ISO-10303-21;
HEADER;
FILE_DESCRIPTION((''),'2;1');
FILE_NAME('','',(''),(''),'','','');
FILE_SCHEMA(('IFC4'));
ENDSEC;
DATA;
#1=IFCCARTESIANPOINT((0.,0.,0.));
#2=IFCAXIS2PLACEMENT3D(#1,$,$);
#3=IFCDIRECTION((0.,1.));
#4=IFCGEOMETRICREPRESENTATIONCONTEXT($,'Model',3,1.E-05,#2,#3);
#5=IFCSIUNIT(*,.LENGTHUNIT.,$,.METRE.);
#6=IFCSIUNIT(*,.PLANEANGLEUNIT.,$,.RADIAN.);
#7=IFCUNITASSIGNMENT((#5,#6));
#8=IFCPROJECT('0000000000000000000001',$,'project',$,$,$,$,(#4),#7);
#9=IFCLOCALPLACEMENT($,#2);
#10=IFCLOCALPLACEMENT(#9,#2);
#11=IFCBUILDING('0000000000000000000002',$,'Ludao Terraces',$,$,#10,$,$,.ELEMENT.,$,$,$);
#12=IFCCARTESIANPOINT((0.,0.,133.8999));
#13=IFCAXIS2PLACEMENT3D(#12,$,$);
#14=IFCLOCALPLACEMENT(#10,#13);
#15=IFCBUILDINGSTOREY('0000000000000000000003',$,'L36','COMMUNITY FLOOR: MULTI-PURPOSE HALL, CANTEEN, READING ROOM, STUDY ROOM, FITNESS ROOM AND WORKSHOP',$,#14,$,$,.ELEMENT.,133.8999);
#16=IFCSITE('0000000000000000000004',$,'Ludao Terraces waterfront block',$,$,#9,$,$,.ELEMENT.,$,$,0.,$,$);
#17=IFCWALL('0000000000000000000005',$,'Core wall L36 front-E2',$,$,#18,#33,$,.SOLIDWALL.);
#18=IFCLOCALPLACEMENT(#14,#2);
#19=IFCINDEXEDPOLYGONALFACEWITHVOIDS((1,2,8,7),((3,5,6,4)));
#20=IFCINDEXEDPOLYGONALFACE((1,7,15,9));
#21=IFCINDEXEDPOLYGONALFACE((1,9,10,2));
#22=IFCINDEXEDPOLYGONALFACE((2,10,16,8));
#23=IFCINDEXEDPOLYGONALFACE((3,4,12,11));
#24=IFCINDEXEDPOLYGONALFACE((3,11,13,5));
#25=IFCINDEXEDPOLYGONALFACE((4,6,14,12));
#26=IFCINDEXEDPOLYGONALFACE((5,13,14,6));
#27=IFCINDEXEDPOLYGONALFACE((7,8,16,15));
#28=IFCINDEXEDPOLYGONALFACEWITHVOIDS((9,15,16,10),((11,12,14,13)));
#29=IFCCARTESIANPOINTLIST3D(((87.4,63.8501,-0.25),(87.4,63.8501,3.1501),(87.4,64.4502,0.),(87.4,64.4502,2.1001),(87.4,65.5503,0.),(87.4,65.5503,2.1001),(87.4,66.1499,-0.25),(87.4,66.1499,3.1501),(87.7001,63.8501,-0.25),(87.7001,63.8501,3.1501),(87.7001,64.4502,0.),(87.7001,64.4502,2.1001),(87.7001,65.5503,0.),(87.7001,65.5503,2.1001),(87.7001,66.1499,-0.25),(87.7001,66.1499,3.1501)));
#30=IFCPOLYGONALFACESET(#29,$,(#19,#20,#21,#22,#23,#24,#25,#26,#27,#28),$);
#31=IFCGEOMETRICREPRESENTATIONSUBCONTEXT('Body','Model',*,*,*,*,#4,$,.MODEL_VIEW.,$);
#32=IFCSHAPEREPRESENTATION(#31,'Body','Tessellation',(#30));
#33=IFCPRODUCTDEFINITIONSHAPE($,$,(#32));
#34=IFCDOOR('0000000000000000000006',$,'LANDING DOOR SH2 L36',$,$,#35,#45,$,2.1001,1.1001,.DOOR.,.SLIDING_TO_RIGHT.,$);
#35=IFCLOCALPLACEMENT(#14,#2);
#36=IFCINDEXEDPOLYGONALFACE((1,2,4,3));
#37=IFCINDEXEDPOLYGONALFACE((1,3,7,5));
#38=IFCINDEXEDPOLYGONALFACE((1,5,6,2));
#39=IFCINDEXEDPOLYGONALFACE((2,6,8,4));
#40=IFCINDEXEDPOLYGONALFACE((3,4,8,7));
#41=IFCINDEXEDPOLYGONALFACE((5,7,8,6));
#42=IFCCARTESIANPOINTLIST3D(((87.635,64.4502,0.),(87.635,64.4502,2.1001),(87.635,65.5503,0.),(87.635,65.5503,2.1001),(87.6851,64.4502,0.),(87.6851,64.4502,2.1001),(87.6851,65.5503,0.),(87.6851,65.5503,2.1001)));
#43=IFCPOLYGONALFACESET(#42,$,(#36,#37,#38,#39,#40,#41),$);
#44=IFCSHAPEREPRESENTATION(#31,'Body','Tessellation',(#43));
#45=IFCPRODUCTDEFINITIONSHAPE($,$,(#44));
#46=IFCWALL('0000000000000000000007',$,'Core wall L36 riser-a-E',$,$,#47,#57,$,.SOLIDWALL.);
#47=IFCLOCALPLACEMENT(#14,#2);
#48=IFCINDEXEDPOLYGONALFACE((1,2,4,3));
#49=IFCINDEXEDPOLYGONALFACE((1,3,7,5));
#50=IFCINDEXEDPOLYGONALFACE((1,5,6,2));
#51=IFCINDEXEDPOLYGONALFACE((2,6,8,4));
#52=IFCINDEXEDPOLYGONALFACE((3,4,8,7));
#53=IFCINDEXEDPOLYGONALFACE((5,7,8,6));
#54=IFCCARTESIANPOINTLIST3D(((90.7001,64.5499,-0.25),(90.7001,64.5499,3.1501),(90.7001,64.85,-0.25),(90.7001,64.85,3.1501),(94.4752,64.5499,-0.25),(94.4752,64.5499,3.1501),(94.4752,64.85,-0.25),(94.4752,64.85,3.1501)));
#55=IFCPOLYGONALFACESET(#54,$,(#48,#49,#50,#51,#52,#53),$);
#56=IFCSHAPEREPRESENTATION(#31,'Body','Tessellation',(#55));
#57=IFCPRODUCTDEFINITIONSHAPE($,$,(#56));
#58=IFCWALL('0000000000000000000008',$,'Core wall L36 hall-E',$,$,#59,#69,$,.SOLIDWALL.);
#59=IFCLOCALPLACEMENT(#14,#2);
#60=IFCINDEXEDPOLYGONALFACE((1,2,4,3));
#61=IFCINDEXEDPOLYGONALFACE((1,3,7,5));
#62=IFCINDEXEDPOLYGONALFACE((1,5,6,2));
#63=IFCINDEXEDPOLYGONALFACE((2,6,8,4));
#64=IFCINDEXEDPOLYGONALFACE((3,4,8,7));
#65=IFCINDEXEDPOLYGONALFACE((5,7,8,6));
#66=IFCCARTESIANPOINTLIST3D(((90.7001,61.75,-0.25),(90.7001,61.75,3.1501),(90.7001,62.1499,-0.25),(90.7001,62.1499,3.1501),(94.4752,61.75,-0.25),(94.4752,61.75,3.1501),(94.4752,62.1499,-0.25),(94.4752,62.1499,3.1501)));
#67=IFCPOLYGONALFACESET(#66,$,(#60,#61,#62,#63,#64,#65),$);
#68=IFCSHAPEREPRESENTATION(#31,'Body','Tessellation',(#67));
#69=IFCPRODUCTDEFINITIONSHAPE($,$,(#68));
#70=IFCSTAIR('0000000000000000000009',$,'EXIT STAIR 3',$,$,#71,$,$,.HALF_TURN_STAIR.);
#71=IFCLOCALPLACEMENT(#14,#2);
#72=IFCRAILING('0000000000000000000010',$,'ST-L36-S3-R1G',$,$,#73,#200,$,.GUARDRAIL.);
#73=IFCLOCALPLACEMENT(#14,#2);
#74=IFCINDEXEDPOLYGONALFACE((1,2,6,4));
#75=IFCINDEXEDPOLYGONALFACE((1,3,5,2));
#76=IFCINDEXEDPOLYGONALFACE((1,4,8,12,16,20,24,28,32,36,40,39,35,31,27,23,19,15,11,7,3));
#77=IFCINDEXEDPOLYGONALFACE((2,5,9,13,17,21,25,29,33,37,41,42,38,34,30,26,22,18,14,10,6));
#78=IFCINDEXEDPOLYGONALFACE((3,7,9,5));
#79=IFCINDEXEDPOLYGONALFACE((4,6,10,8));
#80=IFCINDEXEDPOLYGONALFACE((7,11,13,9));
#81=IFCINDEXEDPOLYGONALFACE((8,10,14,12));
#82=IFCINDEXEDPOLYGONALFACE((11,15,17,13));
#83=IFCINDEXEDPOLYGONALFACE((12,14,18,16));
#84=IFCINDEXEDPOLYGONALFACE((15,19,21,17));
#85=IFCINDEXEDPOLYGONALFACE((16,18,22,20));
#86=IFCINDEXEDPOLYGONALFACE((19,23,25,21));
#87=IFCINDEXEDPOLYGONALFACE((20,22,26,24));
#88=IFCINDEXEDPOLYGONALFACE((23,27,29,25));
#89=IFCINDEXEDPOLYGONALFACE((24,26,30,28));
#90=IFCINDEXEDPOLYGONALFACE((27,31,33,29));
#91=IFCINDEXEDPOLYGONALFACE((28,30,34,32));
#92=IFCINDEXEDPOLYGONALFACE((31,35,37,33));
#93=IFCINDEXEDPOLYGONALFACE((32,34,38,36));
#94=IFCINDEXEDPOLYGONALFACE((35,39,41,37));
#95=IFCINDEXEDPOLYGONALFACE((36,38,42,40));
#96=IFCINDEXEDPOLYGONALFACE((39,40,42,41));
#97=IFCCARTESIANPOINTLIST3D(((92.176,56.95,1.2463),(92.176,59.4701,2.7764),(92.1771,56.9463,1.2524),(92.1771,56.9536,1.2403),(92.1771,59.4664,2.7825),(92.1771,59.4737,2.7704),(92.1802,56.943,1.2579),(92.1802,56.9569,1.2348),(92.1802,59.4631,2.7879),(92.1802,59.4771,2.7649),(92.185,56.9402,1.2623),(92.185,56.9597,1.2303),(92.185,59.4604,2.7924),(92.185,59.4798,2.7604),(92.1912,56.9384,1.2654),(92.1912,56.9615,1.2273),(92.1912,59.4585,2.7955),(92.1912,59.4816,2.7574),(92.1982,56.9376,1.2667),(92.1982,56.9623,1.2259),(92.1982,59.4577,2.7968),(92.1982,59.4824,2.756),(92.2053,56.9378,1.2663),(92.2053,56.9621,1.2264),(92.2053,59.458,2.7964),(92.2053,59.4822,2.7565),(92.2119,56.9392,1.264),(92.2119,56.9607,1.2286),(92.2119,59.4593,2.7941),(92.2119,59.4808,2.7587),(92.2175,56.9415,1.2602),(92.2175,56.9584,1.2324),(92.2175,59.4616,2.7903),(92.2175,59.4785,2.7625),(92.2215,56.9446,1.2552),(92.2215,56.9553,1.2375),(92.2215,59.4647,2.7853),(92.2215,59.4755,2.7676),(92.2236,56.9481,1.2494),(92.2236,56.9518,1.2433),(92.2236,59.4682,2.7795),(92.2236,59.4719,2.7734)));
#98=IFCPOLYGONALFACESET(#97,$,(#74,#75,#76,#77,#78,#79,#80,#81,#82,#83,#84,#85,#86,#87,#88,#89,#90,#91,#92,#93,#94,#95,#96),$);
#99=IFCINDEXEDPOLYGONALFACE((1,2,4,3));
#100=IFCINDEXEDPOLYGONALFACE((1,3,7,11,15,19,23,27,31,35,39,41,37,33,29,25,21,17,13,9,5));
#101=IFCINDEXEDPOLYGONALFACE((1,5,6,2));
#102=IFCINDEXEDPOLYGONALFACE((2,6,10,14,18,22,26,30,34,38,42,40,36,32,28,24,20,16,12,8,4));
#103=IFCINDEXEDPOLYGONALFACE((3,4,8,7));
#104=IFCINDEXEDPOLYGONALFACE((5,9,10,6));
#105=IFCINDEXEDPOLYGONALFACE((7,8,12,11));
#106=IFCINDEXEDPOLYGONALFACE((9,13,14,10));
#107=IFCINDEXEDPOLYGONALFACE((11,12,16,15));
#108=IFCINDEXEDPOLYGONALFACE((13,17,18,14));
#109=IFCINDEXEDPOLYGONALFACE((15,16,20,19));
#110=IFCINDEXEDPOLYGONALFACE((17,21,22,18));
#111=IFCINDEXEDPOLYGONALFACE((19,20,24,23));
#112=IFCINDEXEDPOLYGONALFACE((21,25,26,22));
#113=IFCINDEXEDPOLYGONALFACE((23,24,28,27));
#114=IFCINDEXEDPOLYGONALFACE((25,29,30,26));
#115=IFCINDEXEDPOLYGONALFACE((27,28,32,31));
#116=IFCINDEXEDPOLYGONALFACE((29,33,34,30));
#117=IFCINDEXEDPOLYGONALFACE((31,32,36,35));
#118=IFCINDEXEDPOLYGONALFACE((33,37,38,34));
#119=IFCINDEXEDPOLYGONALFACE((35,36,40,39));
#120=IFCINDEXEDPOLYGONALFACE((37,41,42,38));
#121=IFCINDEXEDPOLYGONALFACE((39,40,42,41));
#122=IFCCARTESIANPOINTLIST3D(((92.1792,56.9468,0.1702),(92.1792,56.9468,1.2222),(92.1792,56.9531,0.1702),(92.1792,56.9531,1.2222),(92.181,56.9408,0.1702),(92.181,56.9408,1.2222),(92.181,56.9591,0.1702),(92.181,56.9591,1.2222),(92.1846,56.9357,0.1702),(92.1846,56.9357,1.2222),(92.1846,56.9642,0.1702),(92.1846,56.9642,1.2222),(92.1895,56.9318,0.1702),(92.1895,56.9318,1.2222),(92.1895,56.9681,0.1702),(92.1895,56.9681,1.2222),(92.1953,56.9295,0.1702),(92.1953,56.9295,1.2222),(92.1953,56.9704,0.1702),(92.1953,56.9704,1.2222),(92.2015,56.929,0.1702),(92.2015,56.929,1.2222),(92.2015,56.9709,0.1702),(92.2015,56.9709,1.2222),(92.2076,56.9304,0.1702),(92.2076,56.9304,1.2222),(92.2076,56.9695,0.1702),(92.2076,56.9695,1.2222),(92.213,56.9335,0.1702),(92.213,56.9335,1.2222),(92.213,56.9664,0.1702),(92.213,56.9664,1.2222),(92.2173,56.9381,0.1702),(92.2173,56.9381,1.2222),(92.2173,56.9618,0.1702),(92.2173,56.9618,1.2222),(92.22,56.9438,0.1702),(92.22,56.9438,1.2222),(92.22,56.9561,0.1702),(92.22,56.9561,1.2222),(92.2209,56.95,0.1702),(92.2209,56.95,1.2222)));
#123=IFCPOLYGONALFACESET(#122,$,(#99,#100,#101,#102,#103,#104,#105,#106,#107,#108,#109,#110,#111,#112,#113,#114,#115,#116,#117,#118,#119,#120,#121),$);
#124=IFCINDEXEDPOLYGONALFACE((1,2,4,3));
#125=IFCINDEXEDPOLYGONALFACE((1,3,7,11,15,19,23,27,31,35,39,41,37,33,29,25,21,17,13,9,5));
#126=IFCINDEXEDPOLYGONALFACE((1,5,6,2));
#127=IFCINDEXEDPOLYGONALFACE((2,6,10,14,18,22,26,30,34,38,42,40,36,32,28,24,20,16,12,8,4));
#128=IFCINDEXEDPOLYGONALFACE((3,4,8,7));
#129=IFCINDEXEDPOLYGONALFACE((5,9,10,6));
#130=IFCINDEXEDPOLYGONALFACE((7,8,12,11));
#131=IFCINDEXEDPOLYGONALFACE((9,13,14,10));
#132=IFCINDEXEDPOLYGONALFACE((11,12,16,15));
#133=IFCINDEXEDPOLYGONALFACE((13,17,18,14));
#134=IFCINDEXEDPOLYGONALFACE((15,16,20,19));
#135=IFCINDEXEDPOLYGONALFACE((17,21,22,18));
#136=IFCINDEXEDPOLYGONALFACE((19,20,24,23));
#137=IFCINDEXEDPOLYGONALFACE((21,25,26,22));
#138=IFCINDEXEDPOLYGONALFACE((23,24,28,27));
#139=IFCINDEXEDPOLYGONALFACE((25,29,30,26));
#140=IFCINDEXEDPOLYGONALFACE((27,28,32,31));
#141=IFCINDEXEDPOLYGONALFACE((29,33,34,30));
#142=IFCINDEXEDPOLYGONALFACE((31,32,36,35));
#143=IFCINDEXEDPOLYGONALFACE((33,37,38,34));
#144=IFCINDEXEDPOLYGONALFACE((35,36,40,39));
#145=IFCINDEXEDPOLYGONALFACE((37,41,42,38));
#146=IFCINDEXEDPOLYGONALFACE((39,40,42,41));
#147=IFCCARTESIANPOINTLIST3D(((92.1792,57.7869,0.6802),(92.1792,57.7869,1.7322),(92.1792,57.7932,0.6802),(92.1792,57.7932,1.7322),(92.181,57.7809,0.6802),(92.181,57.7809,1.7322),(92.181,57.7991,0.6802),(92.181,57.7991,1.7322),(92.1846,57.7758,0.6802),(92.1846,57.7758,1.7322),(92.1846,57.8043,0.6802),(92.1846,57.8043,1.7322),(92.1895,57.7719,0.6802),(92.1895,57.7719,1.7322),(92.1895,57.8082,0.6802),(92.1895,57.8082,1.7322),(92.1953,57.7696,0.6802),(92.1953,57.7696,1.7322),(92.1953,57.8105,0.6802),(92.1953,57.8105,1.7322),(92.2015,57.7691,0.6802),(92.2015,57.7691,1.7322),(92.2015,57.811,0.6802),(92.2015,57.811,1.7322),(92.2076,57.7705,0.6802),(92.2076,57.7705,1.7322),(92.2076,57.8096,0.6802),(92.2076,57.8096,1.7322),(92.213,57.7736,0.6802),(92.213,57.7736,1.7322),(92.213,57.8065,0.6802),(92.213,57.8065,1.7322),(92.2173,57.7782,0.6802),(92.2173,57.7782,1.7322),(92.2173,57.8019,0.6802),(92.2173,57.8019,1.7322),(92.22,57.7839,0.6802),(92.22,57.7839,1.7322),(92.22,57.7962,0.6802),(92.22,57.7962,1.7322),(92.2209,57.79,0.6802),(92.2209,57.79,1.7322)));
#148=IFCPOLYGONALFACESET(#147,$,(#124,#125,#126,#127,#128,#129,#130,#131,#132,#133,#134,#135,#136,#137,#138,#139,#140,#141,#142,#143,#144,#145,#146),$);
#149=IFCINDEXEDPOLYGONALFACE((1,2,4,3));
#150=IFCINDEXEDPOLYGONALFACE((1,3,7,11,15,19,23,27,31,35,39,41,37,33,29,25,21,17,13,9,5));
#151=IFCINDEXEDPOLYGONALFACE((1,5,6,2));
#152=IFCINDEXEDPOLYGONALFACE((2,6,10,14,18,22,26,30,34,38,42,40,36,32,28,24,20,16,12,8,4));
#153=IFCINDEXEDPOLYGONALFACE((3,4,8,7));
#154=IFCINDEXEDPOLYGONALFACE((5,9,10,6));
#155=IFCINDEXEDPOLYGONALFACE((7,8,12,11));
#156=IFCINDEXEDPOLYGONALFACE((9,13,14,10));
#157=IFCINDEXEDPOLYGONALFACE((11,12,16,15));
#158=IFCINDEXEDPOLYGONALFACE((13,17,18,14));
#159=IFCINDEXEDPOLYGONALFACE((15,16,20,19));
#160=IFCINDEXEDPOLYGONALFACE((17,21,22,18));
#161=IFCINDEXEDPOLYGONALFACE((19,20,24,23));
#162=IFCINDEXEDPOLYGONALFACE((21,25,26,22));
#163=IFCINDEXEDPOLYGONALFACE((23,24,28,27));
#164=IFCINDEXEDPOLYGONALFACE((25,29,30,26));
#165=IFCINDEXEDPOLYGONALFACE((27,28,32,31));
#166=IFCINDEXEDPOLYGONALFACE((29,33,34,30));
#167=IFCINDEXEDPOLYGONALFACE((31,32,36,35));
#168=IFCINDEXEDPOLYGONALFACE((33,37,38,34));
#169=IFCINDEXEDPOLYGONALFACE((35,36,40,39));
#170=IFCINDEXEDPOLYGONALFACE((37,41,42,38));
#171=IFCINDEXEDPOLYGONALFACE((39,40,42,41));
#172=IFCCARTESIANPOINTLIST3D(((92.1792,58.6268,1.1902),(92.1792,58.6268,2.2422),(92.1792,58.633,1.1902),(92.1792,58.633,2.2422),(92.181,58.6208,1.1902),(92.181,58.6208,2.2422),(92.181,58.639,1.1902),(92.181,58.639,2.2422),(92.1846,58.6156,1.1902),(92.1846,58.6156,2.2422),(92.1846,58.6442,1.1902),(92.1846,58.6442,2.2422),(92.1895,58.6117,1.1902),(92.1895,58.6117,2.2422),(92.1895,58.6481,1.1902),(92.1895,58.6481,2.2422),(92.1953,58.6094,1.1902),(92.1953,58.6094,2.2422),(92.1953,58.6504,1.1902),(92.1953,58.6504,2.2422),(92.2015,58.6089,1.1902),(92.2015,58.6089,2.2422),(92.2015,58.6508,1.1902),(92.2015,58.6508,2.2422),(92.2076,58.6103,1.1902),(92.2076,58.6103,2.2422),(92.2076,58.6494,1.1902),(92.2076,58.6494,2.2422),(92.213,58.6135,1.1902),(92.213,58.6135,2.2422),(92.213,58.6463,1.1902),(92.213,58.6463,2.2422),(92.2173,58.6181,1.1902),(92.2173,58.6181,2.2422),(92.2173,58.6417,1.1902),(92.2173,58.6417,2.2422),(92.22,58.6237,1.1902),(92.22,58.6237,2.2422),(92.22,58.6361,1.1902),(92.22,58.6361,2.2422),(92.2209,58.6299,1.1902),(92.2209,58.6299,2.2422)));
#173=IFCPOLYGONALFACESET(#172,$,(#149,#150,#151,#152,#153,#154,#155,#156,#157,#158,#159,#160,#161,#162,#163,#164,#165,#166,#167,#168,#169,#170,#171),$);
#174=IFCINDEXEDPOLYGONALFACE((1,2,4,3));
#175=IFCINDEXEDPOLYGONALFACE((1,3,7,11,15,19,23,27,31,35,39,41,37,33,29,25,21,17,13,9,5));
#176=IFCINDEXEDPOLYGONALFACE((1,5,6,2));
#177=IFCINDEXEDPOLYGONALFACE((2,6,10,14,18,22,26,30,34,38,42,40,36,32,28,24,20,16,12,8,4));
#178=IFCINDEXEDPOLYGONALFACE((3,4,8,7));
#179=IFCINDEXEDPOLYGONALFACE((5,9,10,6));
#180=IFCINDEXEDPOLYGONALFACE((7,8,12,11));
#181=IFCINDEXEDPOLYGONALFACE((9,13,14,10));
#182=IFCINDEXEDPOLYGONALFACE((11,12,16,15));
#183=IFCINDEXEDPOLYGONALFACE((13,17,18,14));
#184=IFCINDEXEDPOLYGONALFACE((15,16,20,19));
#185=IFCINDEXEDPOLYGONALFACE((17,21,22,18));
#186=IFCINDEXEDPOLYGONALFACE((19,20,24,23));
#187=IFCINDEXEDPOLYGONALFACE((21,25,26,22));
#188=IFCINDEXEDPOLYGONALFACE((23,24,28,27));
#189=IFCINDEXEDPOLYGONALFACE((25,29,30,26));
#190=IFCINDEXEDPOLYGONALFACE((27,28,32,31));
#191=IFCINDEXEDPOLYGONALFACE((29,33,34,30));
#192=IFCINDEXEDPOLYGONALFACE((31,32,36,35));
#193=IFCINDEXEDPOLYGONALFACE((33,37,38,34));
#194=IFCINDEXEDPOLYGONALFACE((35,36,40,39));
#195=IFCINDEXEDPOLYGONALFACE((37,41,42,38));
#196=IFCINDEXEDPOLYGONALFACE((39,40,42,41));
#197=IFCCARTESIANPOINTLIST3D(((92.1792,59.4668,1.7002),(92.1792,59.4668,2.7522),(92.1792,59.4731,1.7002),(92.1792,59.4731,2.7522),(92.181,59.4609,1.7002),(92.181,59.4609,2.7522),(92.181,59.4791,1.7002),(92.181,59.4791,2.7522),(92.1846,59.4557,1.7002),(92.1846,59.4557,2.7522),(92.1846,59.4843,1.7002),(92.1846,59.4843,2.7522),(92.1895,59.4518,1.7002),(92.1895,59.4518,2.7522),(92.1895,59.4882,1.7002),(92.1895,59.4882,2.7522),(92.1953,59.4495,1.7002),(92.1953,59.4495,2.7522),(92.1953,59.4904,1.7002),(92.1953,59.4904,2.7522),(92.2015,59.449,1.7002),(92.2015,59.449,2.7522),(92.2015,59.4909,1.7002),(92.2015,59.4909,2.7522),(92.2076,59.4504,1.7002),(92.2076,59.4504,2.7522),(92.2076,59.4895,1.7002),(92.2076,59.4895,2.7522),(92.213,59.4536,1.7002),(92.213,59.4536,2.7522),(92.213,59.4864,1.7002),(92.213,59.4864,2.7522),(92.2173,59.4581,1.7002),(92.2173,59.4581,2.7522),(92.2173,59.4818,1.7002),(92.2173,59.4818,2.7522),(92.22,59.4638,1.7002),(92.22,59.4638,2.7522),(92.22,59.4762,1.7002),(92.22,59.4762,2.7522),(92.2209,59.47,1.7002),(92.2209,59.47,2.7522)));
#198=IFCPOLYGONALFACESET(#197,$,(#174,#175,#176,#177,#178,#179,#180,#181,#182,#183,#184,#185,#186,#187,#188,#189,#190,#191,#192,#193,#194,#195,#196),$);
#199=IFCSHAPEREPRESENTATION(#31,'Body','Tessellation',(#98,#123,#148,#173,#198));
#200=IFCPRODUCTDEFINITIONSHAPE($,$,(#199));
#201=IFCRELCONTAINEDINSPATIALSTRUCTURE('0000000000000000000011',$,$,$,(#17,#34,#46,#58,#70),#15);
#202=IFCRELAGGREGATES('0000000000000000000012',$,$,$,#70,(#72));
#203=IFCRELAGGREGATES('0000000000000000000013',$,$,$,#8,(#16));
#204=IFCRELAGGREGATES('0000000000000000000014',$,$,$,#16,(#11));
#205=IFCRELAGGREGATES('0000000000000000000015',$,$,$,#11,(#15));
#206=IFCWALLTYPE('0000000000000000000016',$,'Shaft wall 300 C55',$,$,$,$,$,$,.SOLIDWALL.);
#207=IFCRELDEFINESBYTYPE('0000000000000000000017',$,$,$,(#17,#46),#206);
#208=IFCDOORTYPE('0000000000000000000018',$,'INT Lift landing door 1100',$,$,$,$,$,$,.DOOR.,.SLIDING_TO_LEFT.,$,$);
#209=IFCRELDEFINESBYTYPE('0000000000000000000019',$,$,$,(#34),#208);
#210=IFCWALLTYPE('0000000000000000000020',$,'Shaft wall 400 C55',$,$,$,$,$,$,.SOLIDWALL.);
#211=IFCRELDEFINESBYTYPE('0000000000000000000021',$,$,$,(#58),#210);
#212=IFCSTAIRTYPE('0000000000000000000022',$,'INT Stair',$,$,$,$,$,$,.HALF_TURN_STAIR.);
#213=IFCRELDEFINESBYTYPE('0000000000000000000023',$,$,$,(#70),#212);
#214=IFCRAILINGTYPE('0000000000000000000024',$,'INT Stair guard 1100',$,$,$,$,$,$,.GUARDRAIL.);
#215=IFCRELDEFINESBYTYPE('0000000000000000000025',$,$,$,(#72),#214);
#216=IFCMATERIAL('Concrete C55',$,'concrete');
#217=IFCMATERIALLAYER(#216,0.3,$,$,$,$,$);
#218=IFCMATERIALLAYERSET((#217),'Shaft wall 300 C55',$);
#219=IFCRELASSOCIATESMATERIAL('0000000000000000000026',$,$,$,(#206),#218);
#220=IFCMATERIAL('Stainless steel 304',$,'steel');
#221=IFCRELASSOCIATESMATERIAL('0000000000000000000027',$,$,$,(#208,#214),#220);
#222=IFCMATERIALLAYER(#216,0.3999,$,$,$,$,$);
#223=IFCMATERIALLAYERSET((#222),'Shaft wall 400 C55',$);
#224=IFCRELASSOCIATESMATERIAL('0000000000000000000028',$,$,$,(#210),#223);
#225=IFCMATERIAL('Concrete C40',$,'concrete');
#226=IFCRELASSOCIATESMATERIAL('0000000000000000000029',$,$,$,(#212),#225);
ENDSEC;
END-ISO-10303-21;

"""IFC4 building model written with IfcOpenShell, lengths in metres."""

from ifc_helpers import new_model, si_unit, direction, frame, frame_2d, origin, origin_2d, place, context, subcontext, project, spatial, rectangle, circle, extrude, material, layer, layer_set, type_object, element, fill, aggregate, save


model = new_model("IFC4")

# Units and contexts
model_context = context("Model", 3, precision=1e-05, world=origin(), true_north=direction((0.0, 1.0)))
body_context = subcontext(model_context, "Body", "Model", "MODEL_VIEW")
ifc_project = project(units=[si_unit("LENGTHUNIT", "METRE"), si_unit("PLANEANGLEUNIT", "RADIAN")], contexts=[model_context])

# Site, building, storey
site_placement = place(None, origin())
site = spatial("IfcSite", under=ifc_project, at=site_placement, Name="Ludao Terraces waterfront block", CompositionType="ELEMENT", RefElevation=0.0)
building_placement = place(site_placement, origin())
building = spatial("IfcBuilding", under=site, at=building_placement, Name="Ludao Terraces", CompositionType="ELEMENT")
storey_placement = place(building_placement, frame((0.0, 0.0, 133.8999)))
storey = spatial("IfcBuildingStorey", under=building, at=storey_placement, Name="L36", Description="COMMUNITY FLOOR: MULTI-PURPOSE HALL, CANTEEN, READING ROOM, STUDY ROOM, FITNESS ROOM AND WORKSHOP", CompositionType="ELEMENT", Elevation=133.8999)

# Shared definitions
ifc_material_1 = material(Name="Concrete C40", Category="concrete")

# Shared definitions
ifc_material_2 = material(Name="Concrete C55", Category="concrete")
ifc_layer_1 = layer(ifc_material_2, 0.3)
ifc_layer_set_1 = layer_set([ifc_layer_1], Name="Shaft wall 300 C55")
wall_type_1 = type_object("IfcWallType", Name="Shaft wall 300 C55", PredefinedType="SOLIDWALL", material=ifc_layer_set_1)

# Shared definitions
ifc_material_3 = material(Name="Stainless steel 304", Category="steel")
door_type_1 = type_object("IfcDoorType", Name="INT Lift landing door 1100", OperationType="SLIDING_TO_LEFT", PredefinedType="DOOR", material=ifc_material_3)

# Wall, opening, door
wall_1_placement = place(storey_placement, frame((87.55, 63.8501, -0.25), z_axis=(0.0, 0.0, 1.0), x_axis=(0.0, 1.0, 0.0)))
wall_1 = element("IfcWall", 1, at=wall_1_placement, inside=storey, type_object=wall_type_1, Name="Core wall L36 front-E2", PredefinedType="SOLIDWALL", context=body_context, shape_type="SweptSolid", body=[
    extrude(rectangle(XDim=2.2998, YDim=0.3, at=frame_2d((1.1499, 0.0))), origin(), (0.0, 0.0, 1.0), 3.4001),
])
opening_1_placement = place(wall_1_placement, frame((0.6001, 0.0, 0.25)))
opening_1 = element("IfcOpeningElement", 2, at=opening_1_placement, cuts=wall_1, PredefinedType="OPENING", context=body_context, shape_type="SweptSolid", body=[
    extrude(rectangle(XDim=1.1001, YDim=2.1001, at=frame_2d((0.55, 1.05))), frame((0.0, 0.1602, 0.0), z_axis=(0.0, -1.0, 0.0), x_axis=(1.0, 0.0, 0.0)), (0.0, 0.0, 1.0), 0.3201),
])
door_1_placement = place(opening_1_placement, origin())
door_1 = element("IfcDoor", 3, at=door_1_placement, inside=storey, type_object=door_type_1, Name="LANDING DOOR SH2 L36", OperationType="SLIDING_TO_RIGHT", OverallHeight=2.1001, OverallWidth=1.1001, PredefinedType="DOOR", context=body_context, shape_type="SweptSolid", body=[
    extrude(rectangle(XDim=1.1001, YDim=2.1001, at=frame_2d((0.55, 1.05))), frame((0.0, -0.085, 0.0), z_axis=(0.0, -1.0, 0.0), x_axis=(1.0, 0.0, 0.0)), (0.0, 0.0, 1.0), 0.05),
])
fill(opening_1, door_1)

# Walls
wall_2_placement = place(storey_placement, frame((90.7, 64.7, -0.25), z_axis=(0.0, 0.0, 1.0), x_axis=(1.0, 0.0, 0.0)))
element("IfcWall", 4, at=wall_2_placement, inside=storey, type_object=wall_type_1, Name="Core wall L36 riser-a-E", PredefinedType="SOLIDWALL", context=body_context, shape_type="SweptSolid", body=[
    extrude(rectangle(XDim=3.7751, YDim=0.3, at=frame_2d((1.8877, 0.0))), origin(), (0.0, 0.0, 1.0), 3.4001),
])
ifc_layer_2 = layer(ifc_material_2, 0.3999)
ifc_layer_set_2 = layer_set([ifc_layer_2], Name="Shaft wall 400 C55")
wall_type_2 = type_object("IfcWallType", Name="Shaft wall 400 C55", PredefinedType="SOLIDWALL", material=ifc_layer_set_2)
wall_3_placement = place(storey_placement, frame((90.7, 61.95, -0.25), z_axis=(0.0, 0.0, 1.0), x_axis=(1.0, 0.0, 0.0)))
element("IfcWall", 5, at=wall_3_placement, inside=storey, type_object=wall_type_2, Name="Core wall L36 hall-E", PredefinedType="SOLIDWALL", context=body_context, shape_type="SweptSolid", body=[
    extrude(rectangle(XDim=3.7751, YDim=0.3999, at=frame_2d((1.8877, 0.0))), origin(), (0.0, 0.0, 1.0), 3.4001),
])

# Stair, railing
stair_type = type_object("IfcStairType", Name="INT Stair", PredefinedType="HALF_TURN_STAIR", material=ifc_material_1)
stair_placement = place(storey_placement, origin())
stair = element("IfcStair", 6, at=stair_placement, inside=storey, type_object=stair_type, Name="EXIT STAIR 3", PredefinedType="HALF_TURN_STAIR")
railing_type_1 = type_object("IfcRailingType", Name="INT Stair guard 1100", PredefinedType="GUARDRAIL", material=ifc_material_3)
railing_1_placement = place(storey_placement, frame((92.2, 56.95, 0.1702)))
railing_1 = element("IfcRailing", 7, at=railing_1_placement, type_object=railing_type_1, Name="ST-L36-S3-R1G", PredefinedType="GUARDRAIL", context=body_context, shape_type="SweptSolid", body=[
    extrude(circle(Radius=0.0239, at=origin_2d()), frame((0.0, 0.0, 1.0762), z_axis=(0.0, 0.854785, 0.518982), x_axis=(-1.0, 0.0, 0.0)), (0.0, 0.0, 1.0), 2.9482),
    extrude(circle(Radius=0.021, at=origin_2d()), origin(), (0.0, 0.0, 1.0), 1.052),
    extrude(circle(Radius=0.021, at=origin_2d()), frame((0.0, 0.8401, 0.51)), (0.0, 0.0, 1.0), 1.052),
    extrude(circle(Radius=0.021, at=origin_2d()), frame((0.0, 1.6799, 1.02)), (0.0, 0.0, 1.0), 1.052),
    extrude(circle(Radius=0.021, at=origin_2d()), frame((0.0, 2.52, 1.53)), (0.0, 0.0, 1.0), 1.052),
])
aggregate(stair, [railing_1])

save(model, "model.ifc")
